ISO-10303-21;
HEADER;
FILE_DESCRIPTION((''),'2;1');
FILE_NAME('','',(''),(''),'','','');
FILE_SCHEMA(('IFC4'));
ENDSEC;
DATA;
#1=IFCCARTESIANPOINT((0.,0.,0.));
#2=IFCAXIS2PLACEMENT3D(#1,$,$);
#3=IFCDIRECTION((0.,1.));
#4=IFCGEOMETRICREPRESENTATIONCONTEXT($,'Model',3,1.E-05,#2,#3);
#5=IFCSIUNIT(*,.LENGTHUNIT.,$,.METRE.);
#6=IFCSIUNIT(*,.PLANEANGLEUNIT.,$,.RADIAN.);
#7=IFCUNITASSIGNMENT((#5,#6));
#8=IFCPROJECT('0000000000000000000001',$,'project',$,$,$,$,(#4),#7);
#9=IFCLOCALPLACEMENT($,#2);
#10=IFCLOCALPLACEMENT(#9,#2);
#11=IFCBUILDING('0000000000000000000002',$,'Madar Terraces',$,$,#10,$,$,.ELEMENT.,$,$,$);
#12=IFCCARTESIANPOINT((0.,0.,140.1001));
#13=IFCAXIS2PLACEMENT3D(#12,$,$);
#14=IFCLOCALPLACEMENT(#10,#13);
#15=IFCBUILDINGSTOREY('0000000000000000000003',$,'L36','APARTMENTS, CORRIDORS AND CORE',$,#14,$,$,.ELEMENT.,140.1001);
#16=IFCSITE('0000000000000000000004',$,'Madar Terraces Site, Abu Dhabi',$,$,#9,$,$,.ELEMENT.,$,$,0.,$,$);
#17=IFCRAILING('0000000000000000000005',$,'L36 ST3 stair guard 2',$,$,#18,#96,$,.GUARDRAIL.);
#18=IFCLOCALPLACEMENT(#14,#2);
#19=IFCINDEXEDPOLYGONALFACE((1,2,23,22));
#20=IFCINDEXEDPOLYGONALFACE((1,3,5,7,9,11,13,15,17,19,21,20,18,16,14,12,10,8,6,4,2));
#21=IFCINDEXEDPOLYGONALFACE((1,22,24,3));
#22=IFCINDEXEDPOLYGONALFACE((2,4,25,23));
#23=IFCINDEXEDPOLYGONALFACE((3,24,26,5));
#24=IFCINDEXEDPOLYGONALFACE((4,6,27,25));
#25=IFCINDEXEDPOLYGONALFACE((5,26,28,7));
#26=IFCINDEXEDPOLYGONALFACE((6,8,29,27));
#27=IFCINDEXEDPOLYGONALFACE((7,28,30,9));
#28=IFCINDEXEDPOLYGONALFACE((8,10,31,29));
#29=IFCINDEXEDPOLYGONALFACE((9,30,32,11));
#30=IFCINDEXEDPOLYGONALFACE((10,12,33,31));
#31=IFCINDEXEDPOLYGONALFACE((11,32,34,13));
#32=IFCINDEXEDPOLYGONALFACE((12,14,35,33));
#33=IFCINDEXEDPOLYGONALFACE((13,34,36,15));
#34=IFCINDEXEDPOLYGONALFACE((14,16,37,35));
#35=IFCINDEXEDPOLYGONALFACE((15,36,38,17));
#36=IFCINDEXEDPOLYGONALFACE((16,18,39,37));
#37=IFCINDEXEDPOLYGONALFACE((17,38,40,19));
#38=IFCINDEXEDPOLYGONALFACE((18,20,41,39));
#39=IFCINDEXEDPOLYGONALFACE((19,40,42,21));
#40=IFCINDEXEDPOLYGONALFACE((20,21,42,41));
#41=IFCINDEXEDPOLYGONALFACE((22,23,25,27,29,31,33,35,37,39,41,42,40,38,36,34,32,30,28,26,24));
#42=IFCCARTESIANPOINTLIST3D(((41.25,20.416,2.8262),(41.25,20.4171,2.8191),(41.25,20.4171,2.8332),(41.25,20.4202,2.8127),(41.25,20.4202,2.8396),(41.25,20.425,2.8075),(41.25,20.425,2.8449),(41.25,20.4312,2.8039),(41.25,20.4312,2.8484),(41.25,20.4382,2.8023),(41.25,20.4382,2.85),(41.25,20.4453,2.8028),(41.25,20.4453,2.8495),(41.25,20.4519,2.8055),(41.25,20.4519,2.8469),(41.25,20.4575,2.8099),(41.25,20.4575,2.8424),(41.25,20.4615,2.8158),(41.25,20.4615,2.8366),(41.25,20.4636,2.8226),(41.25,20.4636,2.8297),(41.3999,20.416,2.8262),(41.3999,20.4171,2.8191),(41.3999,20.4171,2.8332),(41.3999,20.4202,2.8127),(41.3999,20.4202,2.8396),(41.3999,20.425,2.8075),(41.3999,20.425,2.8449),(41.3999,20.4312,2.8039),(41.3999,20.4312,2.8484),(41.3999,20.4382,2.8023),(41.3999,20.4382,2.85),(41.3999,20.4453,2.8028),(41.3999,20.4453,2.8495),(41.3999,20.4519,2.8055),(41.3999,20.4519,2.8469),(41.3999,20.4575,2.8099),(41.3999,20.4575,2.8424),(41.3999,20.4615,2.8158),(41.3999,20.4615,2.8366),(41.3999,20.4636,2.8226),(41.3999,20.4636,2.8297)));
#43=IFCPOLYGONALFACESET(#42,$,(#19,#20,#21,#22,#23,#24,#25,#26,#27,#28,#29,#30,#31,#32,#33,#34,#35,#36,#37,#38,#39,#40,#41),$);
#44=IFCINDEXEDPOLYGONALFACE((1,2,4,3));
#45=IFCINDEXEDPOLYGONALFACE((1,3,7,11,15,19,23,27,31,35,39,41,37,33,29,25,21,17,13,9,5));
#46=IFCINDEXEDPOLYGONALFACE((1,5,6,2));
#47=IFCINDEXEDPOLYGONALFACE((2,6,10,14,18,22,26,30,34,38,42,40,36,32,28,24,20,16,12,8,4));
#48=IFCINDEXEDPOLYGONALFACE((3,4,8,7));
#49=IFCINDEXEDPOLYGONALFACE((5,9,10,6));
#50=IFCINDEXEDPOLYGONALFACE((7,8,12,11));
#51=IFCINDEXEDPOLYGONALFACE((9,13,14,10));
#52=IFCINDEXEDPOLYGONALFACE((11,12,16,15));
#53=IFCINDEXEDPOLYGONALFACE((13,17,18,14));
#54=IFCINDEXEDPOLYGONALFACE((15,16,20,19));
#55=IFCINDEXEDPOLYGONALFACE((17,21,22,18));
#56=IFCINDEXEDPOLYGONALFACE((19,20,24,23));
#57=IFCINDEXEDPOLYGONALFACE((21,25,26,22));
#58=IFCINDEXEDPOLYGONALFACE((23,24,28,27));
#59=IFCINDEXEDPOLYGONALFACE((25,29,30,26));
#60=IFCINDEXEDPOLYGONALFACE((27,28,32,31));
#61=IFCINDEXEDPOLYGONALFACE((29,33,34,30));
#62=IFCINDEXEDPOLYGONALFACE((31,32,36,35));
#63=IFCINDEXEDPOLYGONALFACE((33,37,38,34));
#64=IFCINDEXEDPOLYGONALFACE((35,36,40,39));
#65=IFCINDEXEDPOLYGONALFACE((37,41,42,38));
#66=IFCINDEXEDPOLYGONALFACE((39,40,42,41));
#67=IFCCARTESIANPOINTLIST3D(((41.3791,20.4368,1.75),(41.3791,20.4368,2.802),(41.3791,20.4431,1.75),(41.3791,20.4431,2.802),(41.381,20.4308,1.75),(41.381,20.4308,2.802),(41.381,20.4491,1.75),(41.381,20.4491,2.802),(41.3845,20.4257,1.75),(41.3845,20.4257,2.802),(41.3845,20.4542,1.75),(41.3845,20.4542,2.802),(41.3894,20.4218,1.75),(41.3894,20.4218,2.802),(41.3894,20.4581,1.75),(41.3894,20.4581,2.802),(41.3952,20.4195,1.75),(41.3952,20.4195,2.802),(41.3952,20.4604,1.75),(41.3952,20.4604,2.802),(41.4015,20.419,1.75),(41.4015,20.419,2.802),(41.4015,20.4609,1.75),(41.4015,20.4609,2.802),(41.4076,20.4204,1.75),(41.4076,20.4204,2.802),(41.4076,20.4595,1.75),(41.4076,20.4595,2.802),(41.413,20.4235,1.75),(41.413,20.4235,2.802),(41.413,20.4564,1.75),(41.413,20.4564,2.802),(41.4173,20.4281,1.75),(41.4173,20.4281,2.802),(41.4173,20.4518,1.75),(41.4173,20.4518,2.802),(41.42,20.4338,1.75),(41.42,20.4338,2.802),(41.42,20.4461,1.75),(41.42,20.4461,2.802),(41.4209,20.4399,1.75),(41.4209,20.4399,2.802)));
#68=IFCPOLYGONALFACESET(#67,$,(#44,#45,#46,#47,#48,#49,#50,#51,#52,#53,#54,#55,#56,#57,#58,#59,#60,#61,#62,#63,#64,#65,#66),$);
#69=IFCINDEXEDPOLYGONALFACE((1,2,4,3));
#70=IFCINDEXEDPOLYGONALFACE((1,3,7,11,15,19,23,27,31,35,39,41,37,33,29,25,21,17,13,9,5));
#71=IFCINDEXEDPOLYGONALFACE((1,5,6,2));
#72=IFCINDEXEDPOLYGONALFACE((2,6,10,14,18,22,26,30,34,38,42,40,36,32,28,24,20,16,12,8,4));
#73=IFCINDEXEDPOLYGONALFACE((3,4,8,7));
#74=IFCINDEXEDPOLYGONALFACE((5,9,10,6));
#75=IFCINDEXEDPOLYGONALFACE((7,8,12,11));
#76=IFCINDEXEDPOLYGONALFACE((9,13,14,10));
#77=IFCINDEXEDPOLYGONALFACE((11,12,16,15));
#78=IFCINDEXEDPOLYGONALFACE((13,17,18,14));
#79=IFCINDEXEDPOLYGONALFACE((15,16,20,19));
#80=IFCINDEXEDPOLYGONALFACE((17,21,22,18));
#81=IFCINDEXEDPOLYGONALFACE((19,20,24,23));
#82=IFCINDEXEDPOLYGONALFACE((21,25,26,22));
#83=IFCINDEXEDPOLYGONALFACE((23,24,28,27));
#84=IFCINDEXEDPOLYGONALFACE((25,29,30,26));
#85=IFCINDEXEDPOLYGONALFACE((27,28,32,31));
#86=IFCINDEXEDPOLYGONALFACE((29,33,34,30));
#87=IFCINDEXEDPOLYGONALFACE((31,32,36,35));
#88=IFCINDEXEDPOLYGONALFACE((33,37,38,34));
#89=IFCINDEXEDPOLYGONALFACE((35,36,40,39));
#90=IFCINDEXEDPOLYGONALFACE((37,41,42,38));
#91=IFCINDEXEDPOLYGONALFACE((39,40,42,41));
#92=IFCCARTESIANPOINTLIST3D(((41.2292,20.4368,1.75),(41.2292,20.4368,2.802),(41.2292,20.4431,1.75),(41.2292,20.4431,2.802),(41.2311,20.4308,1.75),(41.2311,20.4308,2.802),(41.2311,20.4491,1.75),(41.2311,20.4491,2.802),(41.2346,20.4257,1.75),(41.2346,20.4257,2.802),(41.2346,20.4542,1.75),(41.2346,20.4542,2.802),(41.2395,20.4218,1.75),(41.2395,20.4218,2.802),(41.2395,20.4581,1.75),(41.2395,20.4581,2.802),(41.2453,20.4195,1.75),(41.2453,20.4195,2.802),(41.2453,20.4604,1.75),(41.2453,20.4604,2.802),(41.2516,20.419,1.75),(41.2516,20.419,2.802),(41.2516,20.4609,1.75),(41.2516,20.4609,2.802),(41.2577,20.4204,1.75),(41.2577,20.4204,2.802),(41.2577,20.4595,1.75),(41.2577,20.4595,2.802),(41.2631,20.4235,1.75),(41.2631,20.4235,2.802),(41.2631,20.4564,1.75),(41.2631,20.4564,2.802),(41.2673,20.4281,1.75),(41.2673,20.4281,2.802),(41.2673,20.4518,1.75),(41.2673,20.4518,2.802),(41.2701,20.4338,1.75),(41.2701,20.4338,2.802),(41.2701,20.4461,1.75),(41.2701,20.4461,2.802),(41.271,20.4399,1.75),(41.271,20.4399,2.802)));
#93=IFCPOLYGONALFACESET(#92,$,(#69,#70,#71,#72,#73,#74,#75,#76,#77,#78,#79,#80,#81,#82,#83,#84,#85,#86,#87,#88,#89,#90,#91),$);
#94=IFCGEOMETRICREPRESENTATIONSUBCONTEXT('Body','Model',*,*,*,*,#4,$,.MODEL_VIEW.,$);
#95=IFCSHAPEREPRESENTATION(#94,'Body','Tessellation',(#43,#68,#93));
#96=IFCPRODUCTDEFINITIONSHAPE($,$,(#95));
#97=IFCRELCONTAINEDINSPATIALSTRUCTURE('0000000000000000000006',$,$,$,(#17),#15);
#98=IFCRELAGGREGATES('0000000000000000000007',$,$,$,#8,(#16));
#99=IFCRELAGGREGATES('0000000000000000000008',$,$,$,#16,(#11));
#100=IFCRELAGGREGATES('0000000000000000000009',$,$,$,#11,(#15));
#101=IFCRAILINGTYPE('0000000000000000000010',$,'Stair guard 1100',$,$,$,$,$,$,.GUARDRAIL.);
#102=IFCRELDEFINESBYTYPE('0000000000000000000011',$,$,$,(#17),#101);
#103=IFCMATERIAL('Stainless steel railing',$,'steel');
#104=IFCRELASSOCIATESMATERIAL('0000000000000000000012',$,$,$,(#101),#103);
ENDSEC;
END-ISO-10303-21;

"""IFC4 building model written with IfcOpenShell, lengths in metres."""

from ifc_helpers import new_model, si_unit, direction, frame, origin, origin_2d, place, context, subcontext, project, spatial, circle, extrude, material, type_object, element, save


model = new_model("IFC4")

# Units and contexts
model_context = context("Model", 3, precision=1e-05, world=origin(), true_north=direction((0.0, 1.0)))
body_context = subcontext(model_context, "Body", "Model", "MODEL_VIEW")
ifc_project = project(units=[si_unit("LENGTHUNIT", "METRE"), si_unit("PLANEANGLEUNIT", "RADIAN")], contexts=[model_context])

# Site, building, storey
site_placement = place(None, origin())
site = spatial("IfcSite", under=ifc_project, at=site_placement, Name="Madar Terraces Site, Abu Dhabi", CompositionType="ELEMENT", RefElevation=0.0)
building_placement = place(site_placement, origin())
building = spatial("IfcBuilding", under=site, at=building_placement, Name="Madar Terraces", CompositionType="ELEMENT")
storey_placement = place(building_placement, frame((0.0, 0.0, 140.1001)))
storey = spatial("IfcBuildingStorey", under=building, at=storey_placement, Name="L36", Description="APARTMENTS, CORRIDORS AND CORE", CompositionType="ELEMENT", Elevation=140.1001)

# Railing
ifc_material_1 = material(Name="Stainless steel railing", Category="steel")
railing_type_1 = type_object("IfcRailingType", Name="Stair guard 1100", PredefinedType="GUARDRAIL", material=ifc_material_1)
railing_1_placement = place(storey_placement, frame((41.3999, 20.4399, 1.75)))
element("IfcRailing", 1, at=railing_1_placement, inside=storey, type_object=railing_type_1, Name="L36 ST3 stair guard 2", PredefinedType="GUARDRAIL", context=body_context, shape_type="SweptSolid", body=[
    extrude(circle(Radius=0.0239, at=origin_2d()), frame((0.0, 0.0, 1.0762), z_axis=(-1.0, 0.0, 0.0), x_axis=(0.0, -1.0, 0.0)), (0.0, 0.0, 1.0), 0.1499),
    extrude(circle(Radius=0.021, at=origin_2d()), origin(), (0.0, 0.0, 1.0), 1.052),
    extrude(circle(Radius=0.021, at=origin_2d()), frame((-0.1499, 0.0, 0.0)), (0.0, 0.0, 1.0), 1.052),
])

save(model, "model.ifc")
